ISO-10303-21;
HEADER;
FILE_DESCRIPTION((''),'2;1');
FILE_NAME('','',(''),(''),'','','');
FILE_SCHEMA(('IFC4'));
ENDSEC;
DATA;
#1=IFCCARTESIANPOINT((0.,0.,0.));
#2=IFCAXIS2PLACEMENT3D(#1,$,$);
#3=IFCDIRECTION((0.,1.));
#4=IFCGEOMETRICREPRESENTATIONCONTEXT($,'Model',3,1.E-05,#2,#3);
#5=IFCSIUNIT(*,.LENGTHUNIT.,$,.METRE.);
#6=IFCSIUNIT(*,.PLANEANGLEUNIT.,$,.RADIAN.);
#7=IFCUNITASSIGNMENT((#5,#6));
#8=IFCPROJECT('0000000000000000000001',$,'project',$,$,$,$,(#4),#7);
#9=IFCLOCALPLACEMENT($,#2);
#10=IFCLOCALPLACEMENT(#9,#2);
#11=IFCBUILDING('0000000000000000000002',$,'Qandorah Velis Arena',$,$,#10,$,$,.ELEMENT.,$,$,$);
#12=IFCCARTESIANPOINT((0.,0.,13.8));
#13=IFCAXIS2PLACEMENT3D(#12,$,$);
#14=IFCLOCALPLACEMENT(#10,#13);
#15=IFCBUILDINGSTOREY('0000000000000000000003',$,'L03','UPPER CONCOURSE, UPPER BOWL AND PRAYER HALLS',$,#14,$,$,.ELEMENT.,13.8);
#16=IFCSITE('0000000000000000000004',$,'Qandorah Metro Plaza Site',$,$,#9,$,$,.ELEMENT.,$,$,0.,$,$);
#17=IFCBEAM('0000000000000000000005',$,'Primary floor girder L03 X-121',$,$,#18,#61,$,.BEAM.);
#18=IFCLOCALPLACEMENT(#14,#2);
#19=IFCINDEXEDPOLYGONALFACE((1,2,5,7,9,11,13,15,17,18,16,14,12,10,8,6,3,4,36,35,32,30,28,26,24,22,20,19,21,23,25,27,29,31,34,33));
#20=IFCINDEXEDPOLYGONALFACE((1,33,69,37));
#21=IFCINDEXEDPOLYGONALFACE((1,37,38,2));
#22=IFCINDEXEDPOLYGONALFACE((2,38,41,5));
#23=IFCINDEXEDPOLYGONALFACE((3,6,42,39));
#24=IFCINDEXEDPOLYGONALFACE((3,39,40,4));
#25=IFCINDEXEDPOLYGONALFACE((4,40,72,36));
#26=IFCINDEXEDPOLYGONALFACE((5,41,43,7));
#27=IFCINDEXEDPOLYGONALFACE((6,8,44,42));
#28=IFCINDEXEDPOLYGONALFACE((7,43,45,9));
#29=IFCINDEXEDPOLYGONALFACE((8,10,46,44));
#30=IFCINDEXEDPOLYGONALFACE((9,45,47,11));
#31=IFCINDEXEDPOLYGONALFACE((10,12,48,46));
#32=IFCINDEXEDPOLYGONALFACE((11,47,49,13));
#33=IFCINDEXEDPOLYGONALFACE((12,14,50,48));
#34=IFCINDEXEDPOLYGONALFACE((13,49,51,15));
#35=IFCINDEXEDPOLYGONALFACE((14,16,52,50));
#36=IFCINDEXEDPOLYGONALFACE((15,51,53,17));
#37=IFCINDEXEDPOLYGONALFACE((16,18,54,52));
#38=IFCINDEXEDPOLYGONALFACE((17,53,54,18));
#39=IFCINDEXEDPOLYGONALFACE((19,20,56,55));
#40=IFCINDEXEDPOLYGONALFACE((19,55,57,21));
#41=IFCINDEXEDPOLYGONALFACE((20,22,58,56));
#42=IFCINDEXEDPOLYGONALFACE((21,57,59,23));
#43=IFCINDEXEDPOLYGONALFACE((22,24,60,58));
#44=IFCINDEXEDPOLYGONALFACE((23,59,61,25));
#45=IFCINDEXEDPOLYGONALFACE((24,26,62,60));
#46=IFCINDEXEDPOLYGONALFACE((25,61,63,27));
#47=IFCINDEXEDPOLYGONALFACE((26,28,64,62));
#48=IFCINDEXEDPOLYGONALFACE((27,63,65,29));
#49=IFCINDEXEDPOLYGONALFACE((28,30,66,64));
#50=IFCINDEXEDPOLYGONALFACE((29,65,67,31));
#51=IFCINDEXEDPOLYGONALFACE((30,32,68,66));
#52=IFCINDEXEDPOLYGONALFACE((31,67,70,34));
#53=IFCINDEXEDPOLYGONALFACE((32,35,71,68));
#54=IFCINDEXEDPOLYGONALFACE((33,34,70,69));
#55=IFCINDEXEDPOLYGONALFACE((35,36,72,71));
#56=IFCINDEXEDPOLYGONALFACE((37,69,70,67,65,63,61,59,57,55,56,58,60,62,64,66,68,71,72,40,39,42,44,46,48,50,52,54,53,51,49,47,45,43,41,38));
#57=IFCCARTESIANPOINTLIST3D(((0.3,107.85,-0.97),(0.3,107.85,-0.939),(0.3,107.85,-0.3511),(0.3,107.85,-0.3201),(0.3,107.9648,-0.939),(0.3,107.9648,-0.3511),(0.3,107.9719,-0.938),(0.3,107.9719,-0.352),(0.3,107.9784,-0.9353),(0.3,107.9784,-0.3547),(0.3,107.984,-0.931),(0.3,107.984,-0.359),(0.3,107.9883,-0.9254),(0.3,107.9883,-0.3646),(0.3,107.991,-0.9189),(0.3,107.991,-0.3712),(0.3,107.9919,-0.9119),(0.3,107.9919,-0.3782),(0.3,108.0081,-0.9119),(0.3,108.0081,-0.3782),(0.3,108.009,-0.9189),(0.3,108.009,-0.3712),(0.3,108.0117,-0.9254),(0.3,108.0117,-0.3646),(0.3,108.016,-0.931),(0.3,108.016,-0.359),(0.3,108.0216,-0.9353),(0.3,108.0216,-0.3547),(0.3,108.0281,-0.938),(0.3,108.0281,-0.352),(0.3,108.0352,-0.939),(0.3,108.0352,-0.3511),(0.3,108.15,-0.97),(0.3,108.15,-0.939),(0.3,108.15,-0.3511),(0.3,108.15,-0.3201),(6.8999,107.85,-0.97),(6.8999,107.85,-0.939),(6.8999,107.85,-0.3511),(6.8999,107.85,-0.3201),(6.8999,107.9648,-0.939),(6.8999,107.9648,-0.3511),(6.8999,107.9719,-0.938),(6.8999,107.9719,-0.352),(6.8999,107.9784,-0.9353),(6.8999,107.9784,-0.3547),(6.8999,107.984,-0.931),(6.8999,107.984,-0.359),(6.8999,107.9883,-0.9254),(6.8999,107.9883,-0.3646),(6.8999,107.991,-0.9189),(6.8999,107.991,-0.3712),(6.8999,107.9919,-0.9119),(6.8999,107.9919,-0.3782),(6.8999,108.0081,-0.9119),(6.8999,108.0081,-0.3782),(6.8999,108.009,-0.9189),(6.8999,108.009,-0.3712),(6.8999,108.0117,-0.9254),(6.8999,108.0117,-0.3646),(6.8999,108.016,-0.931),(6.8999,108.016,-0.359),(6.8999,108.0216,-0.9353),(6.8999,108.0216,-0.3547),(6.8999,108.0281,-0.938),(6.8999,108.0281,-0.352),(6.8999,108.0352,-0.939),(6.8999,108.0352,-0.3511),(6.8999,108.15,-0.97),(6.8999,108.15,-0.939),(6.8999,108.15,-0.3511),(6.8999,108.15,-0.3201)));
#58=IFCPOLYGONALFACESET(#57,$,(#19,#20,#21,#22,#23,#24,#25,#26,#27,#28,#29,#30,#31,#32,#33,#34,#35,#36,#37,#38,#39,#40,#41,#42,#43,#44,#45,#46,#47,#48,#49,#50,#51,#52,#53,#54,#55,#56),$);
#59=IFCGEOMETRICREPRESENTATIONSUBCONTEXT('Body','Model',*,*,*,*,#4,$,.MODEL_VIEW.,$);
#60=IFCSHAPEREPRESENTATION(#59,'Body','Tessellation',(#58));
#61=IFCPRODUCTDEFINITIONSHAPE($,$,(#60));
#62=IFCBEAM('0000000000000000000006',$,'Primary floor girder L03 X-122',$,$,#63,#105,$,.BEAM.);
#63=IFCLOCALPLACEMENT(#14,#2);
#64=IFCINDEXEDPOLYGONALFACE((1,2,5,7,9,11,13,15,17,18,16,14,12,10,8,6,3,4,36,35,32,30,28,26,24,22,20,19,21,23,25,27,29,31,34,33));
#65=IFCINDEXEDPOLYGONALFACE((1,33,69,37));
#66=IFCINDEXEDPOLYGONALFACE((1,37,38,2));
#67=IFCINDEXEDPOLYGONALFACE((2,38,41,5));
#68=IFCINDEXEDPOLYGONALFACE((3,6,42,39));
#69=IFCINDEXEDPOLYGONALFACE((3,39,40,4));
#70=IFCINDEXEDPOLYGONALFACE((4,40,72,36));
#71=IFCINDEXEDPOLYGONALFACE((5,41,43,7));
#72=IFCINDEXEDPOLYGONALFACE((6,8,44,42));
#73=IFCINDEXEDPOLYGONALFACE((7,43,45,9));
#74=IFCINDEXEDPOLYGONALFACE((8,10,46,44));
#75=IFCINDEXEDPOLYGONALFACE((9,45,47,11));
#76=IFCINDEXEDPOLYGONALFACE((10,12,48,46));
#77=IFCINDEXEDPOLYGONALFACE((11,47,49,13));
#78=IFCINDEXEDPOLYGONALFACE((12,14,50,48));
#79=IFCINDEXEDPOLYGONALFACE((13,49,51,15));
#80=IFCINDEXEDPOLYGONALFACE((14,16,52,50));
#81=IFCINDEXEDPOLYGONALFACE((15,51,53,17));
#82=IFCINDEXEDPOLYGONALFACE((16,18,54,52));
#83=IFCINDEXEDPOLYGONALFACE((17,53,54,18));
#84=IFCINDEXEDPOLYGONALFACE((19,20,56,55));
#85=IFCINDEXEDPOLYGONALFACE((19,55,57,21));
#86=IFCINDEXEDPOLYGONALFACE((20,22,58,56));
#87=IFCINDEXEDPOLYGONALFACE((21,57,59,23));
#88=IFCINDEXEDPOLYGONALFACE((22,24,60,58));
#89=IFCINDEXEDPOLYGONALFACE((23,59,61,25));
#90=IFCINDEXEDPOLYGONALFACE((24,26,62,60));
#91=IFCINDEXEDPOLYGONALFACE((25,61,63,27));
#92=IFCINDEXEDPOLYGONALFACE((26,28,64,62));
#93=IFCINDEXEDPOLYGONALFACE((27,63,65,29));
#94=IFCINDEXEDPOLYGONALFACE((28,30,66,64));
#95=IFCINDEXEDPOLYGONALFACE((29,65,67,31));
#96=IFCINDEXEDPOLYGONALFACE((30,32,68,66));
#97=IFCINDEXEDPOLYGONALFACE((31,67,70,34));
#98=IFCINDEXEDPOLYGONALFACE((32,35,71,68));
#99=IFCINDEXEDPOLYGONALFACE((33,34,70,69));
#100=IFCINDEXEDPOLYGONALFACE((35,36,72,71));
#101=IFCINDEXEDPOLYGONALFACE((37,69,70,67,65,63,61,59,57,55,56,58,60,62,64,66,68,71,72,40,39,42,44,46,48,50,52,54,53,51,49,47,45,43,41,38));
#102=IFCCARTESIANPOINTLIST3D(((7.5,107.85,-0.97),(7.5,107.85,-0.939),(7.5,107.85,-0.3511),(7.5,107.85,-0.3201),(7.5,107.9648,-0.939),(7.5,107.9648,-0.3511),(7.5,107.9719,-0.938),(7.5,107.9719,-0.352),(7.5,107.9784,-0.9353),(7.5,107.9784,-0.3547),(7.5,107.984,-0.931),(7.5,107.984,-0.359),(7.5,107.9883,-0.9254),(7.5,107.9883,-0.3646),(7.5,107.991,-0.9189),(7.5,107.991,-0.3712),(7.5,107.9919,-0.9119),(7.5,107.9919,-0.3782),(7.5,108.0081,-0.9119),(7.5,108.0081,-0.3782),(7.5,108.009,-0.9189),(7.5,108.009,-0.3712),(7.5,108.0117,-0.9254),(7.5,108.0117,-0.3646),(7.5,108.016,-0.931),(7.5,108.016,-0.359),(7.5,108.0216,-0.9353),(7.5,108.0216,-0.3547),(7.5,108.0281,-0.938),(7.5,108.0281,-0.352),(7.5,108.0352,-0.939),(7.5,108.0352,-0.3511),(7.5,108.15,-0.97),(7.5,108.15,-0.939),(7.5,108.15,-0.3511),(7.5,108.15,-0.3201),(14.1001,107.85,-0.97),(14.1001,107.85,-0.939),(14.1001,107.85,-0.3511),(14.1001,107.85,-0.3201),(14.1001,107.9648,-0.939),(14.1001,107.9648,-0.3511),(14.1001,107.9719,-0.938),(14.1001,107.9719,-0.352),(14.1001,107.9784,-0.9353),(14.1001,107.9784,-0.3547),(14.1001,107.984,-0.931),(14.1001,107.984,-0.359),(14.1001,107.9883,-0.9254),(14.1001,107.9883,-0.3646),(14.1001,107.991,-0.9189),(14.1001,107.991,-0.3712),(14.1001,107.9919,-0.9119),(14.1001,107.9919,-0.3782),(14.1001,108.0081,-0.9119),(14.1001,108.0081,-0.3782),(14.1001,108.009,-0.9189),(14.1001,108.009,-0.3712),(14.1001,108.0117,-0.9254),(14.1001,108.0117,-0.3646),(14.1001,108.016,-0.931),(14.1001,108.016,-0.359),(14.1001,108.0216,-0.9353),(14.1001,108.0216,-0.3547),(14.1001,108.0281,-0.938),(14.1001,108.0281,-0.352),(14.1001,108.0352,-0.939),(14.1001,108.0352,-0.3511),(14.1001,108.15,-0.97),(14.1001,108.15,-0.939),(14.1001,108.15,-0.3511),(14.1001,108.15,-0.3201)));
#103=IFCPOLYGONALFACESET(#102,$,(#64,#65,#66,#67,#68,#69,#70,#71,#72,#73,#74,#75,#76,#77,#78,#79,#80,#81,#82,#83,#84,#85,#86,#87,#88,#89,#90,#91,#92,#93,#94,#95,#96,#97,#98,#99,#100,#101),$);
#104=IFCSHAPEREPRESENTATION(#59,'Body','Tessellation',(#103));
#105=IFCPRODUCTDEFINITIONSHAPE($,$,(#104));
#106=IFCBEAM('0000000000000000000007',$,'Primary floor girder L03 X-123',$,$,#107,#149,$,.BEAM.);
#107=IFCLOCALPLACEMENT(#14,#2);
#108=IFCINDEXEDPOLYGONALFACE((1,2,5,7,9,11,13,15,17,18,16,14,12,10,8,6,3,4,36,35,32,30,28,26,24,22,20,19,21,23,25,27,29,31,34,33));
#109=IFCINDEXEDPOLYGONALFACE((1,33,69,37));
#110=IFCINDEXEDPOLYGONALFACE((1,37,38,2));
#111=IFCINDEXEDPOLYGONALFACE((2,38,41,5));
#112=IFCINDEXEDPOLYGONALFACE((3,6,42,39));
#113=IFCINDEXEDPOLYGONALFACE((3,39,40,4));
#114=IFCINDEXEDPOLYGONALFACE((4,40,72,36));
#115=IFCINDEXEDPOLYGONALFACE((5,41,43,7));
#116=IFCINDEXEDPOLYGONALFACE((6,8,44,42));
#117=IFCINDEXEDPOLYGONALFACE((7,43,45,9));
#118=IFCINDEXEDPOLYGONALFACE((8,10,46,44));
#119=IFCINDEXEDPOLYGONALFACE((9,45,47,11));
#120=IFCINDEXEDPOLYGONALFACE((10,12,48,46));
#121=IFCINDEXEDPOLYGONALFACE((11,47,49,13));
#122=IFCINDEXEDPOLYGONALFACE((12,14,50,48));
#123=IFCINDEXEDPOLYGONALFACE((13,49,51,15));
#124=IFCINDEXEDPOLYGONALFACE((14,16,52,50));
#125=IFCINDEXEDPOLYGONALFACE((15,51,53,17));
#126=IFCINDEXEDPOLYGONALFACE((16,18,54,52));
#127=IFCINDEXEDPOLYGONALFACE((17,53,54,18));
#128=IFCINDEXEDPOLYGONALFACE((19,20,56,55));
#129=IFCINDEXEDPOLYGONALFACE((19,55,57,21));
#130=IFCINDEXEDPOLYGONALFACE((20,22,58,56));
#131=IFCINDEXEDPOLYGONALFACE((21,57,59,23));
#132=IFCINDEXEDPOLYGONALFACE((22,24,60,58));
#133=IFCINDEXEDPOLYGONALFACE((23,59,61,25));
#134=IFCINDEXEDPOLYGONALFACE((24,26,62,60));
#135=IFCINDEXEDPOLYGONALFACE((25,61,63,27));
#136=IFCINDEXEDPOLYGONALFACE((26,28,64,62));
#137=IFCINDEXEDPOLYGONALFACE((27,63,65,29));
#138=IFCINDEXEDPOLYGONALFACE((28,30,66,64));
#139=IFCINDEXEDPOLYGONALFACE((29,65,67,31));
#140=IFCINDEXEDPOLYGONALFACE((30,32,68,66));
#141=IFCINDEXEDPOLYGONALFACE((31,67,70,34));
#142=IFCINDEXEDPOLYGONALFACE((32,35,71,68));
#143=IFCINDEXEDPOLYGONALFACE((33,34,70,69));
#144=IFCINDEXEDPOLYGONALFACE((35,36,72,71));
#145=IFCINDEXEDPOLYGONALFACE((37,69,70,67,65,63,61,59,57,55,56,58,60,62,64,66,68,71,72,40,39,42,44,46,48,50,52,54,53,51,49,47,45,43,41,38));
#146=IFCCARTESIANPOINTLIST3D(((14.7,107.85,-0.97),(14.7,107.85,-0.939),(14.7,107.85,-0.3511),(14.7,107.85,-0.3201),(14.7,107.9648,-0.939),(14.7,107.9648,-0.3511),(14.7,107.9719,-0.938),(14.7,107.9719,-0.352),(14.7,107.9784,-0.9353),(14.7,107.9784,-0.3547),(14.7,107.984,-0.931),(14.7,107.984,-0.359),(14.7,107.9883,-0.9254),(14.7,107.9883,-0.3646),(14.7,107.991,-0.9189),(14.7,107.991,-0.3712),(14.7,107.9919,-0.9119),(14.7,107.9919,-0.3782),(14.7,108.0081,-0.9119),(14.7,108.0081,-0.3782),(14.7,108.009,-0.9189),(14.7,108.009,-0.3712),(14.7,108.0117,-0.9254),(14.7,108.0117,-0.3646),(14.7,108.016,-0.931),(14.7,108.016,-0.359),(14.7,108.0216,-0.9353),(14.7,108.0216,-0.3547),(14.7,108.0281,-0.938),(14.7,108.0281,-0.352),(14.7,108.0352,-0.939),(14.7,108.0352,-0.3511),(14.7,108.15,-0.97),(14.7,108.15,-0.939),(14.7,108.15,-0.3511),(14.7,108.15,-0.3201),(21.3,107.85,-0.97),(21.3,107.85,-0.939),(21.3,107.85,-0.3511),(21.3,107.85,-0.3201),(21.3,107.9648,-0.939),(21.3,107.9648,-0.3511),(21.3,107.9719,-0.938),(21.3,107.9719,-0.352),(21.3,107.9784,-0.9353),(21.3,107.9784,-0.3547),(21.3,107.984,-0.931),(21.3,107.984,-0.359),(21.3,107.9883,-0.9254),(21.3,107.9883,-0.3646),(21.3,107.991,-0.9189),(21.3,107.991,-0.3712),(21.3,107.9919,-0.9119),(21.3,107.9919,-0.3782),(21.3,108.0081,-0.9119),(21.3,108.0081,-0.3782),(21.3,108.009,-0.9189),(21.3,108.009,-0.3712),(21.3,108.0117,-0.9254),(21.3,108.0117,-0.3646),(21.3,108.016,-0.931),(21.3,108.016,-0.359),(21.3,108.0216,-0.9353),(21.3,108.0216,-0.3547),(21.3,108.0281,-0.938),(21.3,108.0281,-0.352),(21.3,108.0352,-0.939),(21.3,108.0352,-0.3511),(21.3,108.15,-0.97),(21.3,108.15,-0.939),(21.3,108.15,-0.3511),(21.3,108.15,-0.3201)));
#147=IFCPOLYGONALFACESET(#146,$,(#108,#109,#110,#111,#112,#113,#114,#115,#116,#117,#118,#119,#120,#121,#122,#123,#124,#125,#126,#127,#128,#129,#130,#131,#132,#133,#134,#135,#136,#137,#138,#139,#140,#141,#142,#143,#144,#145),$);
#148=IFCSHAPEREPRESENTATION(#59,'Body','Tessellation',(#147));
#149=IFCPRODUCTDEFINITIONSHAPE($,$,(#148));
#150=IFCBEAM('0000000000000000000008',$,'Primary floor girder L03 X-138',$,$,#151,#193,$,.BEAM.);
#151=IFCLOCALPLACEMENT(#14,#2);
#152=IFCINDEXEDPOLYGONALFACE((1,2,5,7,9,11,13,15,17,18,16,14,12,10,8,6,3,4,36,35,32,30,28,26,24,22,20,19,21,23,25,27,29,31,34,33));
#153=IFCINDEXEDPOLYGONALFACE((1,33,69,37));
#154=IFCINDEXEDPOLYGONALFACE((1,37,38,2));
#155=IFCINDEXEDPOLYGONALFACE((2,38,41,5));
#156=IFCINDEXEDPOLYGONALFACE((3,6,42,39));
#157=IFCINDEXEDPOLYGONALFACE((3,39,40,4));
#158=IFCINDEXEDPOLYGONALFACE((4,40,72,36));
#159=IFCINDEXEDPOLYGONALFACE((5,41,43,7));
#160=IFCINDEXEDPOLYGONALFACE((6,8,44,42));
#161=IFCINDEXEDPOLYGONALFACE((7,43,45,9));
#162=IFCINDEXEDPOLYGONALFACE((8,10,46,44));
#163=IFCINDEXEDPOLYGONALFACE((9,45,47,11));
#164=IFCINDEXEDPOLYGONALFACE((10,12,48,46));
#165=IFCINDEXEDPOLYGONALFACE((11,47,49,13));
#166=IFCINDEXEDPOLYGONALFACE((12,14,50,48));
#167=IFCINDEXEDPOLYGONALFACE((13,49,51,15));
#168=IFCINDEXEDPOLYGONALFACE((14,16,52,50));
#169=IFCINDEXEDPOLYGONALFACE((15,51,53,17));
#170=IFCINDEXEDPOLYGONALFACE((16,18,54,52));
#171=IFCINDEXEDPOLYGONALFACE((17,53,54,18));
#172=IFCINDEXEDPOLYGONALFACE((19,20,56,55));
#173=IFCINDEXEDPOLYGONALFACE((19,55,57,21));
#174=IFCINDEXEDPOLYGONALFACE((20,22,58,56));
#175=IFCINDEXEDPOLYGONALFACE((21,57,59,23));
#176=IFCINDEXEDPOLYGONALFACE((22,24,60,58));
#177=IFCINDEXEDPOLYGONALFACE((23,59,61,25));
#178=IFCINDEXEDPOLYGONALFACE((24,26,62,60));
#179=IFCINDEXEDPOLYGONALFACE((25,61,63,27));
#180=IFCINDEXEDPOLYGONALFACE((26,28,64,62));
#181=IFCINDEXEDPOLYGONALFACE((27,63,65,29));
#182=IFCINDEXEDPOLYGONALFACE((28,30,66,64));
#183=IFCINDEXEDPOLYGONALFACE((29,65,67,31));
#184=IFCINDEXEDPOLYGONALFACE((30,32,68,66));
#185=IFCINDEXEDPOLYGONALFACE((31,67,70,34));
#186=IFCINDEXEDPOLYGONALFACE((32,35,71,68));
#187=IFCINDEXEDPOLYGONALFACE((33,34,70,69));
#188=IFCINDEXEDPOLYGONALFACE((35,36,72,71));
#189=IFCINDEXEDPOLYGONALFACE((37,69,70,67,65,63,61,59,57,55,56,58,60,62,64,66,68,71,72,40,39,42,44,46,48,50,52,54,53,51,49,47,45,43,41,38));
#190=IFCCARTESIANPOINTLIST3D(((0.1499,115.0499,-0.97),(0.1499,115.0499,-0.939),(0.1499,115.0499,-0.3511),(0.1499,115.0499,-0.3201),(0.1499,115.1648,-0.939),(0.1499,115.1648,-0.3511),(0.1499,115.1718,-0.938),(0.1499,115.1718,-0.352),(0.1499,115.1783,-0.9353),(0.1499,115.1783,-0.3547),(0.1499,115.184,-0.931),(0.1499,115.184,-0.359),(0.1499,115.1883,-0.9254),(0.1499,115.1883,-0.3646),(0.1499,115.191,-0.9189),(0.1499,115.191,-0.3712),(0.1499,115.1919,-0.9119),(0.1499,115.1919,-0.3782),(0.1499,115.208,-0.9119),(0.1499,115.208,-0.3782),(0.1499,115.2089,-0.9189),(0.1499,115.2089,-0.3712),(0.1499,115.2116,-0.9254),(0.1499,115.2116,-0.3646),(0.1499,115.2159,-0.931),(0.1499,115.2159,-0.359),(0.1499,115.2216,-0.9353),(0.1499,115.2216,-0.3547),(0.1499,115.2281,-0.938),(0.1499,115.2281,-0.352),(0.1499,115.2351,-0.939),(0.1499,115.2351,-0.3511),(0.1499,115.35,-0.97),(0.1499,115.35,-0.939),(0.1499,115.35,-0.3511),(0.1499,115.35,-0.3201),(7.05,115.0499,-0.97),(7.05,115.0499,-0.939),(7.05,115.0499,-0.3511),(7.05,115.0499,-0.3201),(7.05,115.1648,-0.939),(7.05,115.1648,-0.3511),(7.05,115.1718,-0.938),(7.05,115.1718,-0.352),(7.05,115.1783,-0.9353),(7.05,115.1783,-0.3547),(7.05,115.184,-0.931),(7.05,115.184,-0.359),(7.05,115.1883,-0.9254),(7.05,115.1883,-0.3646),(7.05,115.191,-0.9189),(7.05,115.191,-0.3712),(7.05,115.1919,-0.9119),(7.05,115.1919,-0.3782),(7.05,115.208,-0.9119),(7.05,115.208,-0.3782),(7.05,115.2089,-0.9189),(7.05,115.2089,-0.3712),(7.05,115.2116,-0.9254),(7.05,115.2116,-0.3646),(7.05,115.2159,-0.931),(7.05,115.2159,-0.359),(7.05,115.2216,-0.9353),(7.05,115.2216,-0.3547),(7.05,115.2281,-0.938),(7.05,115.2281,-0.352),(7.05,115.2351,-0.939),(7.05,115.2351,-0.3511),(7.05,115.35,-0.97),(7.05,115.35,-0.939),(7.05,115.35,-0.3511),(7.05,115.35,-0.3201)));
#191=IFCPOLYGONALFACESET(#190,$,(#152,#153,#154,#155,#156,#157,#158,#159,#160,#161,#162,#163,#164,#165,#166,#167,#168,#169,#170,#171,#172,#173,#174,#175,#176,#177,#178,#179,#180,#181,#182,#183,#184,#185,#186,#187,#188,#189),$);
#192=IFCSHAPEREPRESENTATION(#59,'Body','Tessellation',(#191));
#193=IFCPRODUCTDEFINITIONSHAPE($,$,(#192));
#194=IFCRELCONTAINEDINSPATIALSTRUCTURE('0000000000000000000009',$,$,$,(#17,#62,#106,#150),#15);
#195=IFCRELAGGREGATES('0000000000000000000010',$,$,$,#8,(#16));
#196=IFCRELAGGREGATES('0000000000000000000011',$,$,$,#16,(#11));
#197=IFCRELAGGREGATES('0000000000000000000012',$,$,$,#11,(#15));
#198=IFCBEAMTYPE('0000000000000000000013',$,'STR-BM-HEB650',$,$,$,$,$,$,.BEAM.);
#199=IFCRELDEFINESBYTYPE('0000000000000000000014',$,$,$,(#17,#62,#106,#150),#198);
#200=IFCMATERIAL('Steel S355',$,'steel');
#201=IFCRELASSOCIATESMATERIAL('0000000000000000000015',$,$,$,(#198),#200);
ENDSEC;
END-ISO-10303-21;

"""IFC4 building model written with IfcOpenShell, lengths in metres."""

from ifc_helpers import new_model, si_unit, direction, frame, origin, origin_2d, place, context, subcontext, project, spatial, i_section, extrude, material, material_profile, profile_set, type_object, element, save


model = new_model("IFC4")

# Units and contexts
model_context = context("Model", 3, precision=1e-05, world=origin(), true_north=direction((0.0, 1.0)))
body_context = subcontext(model_context, "Body", "Model", "MODEL_VIEW")
ifc_project = project(units=[si_unit("LENGTHUNIT", "METRE"), si_unit("PLANEANGLEUNIT", "RADIAN")], contexts=[model_context])

# Site, building, storey
site_placement = place(None, origin())
site = spatial("IfcSite", under=ifc_project, at=site_placement, Name="Qandorah Metro Plaza Site", CompositionType="ELEMENT", RefElevation=0.0)
building_placement = place(site_placement, origin())
building = spatial("IfcBuilding", under=site, at=building_placement, Name="Qandorah Velis Arena", CompositionType="ELEMENT")
storey_placement = place(building_placement, frame((0.0, 0.0, 13.8)))
storey = spatial("IfcBuildingStorey", under=building, at=storey_placement, Name="L03", Description="UPPER CONCOURSE, UPPER BOWL AND PRAYER HALLS", CompositionType="ELEMENT", Elevation=13.8)

# Beams
ifc_material_1 = material(Name="Steel S355", Category="steel")
ifc_material_profile_1 = material_profile(ifc_material_1, i_section(OverallWidth=0.3, OverallDepth=0.6499, WebThickness=0.0161, FlangeThickness=0.031, FilletRadius=0.0271, at=origin_2d()), Name="HEB 650")
ifc_profile_set_1 = profile_set([ifc_material_profile_1], Name="Steel S355")
beam_type_1 = type_object("IfcBeamType", Name="STR-BM-HEB650", PredefinedType="BEAM", material=ifc_profile_set_1)
beam_1_placement = place(storey_placement, frame((0.3, 108.0, -0.645), z_axis=(1.0, 0.0, 0.0), x_axis=(0.0, 1.0, 0.0)))
element("IfcBeam", 1, at=beam_1_placement, inside=storey, type_object=beam_type_1, Name="Primary floor girder L03 X-121", PredefinedType="BEAM", context=body_context, shape_type="SweptSolid", body=[
    extrude(i_section(OverallWidth=0.3, OverallDepth=0.6499, WebThickness=0.0161, FlangeThickness=0.031, FilletRadius=0.0271, at=origin_2d()), origin(), (0.0, 0.0, 1.0), 6.5999),
])
for number, where, z_axis, x_axis, name in (
    (2, (7.5, 108.0, -0.645), (1.0, 0.0, 0.0), (0.0, 1.0, 0.0), "Primary floor girder L03 X-122"),
    (3, (14.7, 108.0, -0.645), (1.0, 0.0, 0.0), (0.0, 1.0, 0.0), "Primary floor girder L03 X-123"),
):
    element("IfcBeam", number, at=place(storey_placement, frame(where, z_axis=z_axis, x_axis=x_axis)), inside=storey, type_object=beam_type_1, Name=name, PredefinedType="BEAM", context=body_context, shape_type="SweptSolid", body=[
        extrude(i_section(OverallWidth=0.3, OverallDepth=0.6499, WebThickness=0.0161, FlangeThickness=0.031, FilletRadius=0.0271, at=origin_2d()), origin(), (0.0, 0.0, 1.0), 6.6001),
    ])
beam_2_placement = place(storey_placement, frame((0.1499, 115.2, -0.645), z_axis=(1.0, 0.0, 0.0), x_axis=(0.0, 1.0, 0.0)))
element("IfcBeam", 4, at=beam_2_placement, inside=storey, type_object=beam_type_1, Name="Primary floor girder L03 X-138", PredefinedType="BEAM", context=body_context, shape_type="SweptSolid", body=[
    extrude(i_section(OverallWidth=0.3, OverallDepth=0.6499, WebThickness=0.0161, FlangeThickness=0.031, FilletRadius=0.0271, at=origin_2d()), origin(), (0.0, 0.0, 1.0), 6.9001),
])

save(model, "model.ifc")
